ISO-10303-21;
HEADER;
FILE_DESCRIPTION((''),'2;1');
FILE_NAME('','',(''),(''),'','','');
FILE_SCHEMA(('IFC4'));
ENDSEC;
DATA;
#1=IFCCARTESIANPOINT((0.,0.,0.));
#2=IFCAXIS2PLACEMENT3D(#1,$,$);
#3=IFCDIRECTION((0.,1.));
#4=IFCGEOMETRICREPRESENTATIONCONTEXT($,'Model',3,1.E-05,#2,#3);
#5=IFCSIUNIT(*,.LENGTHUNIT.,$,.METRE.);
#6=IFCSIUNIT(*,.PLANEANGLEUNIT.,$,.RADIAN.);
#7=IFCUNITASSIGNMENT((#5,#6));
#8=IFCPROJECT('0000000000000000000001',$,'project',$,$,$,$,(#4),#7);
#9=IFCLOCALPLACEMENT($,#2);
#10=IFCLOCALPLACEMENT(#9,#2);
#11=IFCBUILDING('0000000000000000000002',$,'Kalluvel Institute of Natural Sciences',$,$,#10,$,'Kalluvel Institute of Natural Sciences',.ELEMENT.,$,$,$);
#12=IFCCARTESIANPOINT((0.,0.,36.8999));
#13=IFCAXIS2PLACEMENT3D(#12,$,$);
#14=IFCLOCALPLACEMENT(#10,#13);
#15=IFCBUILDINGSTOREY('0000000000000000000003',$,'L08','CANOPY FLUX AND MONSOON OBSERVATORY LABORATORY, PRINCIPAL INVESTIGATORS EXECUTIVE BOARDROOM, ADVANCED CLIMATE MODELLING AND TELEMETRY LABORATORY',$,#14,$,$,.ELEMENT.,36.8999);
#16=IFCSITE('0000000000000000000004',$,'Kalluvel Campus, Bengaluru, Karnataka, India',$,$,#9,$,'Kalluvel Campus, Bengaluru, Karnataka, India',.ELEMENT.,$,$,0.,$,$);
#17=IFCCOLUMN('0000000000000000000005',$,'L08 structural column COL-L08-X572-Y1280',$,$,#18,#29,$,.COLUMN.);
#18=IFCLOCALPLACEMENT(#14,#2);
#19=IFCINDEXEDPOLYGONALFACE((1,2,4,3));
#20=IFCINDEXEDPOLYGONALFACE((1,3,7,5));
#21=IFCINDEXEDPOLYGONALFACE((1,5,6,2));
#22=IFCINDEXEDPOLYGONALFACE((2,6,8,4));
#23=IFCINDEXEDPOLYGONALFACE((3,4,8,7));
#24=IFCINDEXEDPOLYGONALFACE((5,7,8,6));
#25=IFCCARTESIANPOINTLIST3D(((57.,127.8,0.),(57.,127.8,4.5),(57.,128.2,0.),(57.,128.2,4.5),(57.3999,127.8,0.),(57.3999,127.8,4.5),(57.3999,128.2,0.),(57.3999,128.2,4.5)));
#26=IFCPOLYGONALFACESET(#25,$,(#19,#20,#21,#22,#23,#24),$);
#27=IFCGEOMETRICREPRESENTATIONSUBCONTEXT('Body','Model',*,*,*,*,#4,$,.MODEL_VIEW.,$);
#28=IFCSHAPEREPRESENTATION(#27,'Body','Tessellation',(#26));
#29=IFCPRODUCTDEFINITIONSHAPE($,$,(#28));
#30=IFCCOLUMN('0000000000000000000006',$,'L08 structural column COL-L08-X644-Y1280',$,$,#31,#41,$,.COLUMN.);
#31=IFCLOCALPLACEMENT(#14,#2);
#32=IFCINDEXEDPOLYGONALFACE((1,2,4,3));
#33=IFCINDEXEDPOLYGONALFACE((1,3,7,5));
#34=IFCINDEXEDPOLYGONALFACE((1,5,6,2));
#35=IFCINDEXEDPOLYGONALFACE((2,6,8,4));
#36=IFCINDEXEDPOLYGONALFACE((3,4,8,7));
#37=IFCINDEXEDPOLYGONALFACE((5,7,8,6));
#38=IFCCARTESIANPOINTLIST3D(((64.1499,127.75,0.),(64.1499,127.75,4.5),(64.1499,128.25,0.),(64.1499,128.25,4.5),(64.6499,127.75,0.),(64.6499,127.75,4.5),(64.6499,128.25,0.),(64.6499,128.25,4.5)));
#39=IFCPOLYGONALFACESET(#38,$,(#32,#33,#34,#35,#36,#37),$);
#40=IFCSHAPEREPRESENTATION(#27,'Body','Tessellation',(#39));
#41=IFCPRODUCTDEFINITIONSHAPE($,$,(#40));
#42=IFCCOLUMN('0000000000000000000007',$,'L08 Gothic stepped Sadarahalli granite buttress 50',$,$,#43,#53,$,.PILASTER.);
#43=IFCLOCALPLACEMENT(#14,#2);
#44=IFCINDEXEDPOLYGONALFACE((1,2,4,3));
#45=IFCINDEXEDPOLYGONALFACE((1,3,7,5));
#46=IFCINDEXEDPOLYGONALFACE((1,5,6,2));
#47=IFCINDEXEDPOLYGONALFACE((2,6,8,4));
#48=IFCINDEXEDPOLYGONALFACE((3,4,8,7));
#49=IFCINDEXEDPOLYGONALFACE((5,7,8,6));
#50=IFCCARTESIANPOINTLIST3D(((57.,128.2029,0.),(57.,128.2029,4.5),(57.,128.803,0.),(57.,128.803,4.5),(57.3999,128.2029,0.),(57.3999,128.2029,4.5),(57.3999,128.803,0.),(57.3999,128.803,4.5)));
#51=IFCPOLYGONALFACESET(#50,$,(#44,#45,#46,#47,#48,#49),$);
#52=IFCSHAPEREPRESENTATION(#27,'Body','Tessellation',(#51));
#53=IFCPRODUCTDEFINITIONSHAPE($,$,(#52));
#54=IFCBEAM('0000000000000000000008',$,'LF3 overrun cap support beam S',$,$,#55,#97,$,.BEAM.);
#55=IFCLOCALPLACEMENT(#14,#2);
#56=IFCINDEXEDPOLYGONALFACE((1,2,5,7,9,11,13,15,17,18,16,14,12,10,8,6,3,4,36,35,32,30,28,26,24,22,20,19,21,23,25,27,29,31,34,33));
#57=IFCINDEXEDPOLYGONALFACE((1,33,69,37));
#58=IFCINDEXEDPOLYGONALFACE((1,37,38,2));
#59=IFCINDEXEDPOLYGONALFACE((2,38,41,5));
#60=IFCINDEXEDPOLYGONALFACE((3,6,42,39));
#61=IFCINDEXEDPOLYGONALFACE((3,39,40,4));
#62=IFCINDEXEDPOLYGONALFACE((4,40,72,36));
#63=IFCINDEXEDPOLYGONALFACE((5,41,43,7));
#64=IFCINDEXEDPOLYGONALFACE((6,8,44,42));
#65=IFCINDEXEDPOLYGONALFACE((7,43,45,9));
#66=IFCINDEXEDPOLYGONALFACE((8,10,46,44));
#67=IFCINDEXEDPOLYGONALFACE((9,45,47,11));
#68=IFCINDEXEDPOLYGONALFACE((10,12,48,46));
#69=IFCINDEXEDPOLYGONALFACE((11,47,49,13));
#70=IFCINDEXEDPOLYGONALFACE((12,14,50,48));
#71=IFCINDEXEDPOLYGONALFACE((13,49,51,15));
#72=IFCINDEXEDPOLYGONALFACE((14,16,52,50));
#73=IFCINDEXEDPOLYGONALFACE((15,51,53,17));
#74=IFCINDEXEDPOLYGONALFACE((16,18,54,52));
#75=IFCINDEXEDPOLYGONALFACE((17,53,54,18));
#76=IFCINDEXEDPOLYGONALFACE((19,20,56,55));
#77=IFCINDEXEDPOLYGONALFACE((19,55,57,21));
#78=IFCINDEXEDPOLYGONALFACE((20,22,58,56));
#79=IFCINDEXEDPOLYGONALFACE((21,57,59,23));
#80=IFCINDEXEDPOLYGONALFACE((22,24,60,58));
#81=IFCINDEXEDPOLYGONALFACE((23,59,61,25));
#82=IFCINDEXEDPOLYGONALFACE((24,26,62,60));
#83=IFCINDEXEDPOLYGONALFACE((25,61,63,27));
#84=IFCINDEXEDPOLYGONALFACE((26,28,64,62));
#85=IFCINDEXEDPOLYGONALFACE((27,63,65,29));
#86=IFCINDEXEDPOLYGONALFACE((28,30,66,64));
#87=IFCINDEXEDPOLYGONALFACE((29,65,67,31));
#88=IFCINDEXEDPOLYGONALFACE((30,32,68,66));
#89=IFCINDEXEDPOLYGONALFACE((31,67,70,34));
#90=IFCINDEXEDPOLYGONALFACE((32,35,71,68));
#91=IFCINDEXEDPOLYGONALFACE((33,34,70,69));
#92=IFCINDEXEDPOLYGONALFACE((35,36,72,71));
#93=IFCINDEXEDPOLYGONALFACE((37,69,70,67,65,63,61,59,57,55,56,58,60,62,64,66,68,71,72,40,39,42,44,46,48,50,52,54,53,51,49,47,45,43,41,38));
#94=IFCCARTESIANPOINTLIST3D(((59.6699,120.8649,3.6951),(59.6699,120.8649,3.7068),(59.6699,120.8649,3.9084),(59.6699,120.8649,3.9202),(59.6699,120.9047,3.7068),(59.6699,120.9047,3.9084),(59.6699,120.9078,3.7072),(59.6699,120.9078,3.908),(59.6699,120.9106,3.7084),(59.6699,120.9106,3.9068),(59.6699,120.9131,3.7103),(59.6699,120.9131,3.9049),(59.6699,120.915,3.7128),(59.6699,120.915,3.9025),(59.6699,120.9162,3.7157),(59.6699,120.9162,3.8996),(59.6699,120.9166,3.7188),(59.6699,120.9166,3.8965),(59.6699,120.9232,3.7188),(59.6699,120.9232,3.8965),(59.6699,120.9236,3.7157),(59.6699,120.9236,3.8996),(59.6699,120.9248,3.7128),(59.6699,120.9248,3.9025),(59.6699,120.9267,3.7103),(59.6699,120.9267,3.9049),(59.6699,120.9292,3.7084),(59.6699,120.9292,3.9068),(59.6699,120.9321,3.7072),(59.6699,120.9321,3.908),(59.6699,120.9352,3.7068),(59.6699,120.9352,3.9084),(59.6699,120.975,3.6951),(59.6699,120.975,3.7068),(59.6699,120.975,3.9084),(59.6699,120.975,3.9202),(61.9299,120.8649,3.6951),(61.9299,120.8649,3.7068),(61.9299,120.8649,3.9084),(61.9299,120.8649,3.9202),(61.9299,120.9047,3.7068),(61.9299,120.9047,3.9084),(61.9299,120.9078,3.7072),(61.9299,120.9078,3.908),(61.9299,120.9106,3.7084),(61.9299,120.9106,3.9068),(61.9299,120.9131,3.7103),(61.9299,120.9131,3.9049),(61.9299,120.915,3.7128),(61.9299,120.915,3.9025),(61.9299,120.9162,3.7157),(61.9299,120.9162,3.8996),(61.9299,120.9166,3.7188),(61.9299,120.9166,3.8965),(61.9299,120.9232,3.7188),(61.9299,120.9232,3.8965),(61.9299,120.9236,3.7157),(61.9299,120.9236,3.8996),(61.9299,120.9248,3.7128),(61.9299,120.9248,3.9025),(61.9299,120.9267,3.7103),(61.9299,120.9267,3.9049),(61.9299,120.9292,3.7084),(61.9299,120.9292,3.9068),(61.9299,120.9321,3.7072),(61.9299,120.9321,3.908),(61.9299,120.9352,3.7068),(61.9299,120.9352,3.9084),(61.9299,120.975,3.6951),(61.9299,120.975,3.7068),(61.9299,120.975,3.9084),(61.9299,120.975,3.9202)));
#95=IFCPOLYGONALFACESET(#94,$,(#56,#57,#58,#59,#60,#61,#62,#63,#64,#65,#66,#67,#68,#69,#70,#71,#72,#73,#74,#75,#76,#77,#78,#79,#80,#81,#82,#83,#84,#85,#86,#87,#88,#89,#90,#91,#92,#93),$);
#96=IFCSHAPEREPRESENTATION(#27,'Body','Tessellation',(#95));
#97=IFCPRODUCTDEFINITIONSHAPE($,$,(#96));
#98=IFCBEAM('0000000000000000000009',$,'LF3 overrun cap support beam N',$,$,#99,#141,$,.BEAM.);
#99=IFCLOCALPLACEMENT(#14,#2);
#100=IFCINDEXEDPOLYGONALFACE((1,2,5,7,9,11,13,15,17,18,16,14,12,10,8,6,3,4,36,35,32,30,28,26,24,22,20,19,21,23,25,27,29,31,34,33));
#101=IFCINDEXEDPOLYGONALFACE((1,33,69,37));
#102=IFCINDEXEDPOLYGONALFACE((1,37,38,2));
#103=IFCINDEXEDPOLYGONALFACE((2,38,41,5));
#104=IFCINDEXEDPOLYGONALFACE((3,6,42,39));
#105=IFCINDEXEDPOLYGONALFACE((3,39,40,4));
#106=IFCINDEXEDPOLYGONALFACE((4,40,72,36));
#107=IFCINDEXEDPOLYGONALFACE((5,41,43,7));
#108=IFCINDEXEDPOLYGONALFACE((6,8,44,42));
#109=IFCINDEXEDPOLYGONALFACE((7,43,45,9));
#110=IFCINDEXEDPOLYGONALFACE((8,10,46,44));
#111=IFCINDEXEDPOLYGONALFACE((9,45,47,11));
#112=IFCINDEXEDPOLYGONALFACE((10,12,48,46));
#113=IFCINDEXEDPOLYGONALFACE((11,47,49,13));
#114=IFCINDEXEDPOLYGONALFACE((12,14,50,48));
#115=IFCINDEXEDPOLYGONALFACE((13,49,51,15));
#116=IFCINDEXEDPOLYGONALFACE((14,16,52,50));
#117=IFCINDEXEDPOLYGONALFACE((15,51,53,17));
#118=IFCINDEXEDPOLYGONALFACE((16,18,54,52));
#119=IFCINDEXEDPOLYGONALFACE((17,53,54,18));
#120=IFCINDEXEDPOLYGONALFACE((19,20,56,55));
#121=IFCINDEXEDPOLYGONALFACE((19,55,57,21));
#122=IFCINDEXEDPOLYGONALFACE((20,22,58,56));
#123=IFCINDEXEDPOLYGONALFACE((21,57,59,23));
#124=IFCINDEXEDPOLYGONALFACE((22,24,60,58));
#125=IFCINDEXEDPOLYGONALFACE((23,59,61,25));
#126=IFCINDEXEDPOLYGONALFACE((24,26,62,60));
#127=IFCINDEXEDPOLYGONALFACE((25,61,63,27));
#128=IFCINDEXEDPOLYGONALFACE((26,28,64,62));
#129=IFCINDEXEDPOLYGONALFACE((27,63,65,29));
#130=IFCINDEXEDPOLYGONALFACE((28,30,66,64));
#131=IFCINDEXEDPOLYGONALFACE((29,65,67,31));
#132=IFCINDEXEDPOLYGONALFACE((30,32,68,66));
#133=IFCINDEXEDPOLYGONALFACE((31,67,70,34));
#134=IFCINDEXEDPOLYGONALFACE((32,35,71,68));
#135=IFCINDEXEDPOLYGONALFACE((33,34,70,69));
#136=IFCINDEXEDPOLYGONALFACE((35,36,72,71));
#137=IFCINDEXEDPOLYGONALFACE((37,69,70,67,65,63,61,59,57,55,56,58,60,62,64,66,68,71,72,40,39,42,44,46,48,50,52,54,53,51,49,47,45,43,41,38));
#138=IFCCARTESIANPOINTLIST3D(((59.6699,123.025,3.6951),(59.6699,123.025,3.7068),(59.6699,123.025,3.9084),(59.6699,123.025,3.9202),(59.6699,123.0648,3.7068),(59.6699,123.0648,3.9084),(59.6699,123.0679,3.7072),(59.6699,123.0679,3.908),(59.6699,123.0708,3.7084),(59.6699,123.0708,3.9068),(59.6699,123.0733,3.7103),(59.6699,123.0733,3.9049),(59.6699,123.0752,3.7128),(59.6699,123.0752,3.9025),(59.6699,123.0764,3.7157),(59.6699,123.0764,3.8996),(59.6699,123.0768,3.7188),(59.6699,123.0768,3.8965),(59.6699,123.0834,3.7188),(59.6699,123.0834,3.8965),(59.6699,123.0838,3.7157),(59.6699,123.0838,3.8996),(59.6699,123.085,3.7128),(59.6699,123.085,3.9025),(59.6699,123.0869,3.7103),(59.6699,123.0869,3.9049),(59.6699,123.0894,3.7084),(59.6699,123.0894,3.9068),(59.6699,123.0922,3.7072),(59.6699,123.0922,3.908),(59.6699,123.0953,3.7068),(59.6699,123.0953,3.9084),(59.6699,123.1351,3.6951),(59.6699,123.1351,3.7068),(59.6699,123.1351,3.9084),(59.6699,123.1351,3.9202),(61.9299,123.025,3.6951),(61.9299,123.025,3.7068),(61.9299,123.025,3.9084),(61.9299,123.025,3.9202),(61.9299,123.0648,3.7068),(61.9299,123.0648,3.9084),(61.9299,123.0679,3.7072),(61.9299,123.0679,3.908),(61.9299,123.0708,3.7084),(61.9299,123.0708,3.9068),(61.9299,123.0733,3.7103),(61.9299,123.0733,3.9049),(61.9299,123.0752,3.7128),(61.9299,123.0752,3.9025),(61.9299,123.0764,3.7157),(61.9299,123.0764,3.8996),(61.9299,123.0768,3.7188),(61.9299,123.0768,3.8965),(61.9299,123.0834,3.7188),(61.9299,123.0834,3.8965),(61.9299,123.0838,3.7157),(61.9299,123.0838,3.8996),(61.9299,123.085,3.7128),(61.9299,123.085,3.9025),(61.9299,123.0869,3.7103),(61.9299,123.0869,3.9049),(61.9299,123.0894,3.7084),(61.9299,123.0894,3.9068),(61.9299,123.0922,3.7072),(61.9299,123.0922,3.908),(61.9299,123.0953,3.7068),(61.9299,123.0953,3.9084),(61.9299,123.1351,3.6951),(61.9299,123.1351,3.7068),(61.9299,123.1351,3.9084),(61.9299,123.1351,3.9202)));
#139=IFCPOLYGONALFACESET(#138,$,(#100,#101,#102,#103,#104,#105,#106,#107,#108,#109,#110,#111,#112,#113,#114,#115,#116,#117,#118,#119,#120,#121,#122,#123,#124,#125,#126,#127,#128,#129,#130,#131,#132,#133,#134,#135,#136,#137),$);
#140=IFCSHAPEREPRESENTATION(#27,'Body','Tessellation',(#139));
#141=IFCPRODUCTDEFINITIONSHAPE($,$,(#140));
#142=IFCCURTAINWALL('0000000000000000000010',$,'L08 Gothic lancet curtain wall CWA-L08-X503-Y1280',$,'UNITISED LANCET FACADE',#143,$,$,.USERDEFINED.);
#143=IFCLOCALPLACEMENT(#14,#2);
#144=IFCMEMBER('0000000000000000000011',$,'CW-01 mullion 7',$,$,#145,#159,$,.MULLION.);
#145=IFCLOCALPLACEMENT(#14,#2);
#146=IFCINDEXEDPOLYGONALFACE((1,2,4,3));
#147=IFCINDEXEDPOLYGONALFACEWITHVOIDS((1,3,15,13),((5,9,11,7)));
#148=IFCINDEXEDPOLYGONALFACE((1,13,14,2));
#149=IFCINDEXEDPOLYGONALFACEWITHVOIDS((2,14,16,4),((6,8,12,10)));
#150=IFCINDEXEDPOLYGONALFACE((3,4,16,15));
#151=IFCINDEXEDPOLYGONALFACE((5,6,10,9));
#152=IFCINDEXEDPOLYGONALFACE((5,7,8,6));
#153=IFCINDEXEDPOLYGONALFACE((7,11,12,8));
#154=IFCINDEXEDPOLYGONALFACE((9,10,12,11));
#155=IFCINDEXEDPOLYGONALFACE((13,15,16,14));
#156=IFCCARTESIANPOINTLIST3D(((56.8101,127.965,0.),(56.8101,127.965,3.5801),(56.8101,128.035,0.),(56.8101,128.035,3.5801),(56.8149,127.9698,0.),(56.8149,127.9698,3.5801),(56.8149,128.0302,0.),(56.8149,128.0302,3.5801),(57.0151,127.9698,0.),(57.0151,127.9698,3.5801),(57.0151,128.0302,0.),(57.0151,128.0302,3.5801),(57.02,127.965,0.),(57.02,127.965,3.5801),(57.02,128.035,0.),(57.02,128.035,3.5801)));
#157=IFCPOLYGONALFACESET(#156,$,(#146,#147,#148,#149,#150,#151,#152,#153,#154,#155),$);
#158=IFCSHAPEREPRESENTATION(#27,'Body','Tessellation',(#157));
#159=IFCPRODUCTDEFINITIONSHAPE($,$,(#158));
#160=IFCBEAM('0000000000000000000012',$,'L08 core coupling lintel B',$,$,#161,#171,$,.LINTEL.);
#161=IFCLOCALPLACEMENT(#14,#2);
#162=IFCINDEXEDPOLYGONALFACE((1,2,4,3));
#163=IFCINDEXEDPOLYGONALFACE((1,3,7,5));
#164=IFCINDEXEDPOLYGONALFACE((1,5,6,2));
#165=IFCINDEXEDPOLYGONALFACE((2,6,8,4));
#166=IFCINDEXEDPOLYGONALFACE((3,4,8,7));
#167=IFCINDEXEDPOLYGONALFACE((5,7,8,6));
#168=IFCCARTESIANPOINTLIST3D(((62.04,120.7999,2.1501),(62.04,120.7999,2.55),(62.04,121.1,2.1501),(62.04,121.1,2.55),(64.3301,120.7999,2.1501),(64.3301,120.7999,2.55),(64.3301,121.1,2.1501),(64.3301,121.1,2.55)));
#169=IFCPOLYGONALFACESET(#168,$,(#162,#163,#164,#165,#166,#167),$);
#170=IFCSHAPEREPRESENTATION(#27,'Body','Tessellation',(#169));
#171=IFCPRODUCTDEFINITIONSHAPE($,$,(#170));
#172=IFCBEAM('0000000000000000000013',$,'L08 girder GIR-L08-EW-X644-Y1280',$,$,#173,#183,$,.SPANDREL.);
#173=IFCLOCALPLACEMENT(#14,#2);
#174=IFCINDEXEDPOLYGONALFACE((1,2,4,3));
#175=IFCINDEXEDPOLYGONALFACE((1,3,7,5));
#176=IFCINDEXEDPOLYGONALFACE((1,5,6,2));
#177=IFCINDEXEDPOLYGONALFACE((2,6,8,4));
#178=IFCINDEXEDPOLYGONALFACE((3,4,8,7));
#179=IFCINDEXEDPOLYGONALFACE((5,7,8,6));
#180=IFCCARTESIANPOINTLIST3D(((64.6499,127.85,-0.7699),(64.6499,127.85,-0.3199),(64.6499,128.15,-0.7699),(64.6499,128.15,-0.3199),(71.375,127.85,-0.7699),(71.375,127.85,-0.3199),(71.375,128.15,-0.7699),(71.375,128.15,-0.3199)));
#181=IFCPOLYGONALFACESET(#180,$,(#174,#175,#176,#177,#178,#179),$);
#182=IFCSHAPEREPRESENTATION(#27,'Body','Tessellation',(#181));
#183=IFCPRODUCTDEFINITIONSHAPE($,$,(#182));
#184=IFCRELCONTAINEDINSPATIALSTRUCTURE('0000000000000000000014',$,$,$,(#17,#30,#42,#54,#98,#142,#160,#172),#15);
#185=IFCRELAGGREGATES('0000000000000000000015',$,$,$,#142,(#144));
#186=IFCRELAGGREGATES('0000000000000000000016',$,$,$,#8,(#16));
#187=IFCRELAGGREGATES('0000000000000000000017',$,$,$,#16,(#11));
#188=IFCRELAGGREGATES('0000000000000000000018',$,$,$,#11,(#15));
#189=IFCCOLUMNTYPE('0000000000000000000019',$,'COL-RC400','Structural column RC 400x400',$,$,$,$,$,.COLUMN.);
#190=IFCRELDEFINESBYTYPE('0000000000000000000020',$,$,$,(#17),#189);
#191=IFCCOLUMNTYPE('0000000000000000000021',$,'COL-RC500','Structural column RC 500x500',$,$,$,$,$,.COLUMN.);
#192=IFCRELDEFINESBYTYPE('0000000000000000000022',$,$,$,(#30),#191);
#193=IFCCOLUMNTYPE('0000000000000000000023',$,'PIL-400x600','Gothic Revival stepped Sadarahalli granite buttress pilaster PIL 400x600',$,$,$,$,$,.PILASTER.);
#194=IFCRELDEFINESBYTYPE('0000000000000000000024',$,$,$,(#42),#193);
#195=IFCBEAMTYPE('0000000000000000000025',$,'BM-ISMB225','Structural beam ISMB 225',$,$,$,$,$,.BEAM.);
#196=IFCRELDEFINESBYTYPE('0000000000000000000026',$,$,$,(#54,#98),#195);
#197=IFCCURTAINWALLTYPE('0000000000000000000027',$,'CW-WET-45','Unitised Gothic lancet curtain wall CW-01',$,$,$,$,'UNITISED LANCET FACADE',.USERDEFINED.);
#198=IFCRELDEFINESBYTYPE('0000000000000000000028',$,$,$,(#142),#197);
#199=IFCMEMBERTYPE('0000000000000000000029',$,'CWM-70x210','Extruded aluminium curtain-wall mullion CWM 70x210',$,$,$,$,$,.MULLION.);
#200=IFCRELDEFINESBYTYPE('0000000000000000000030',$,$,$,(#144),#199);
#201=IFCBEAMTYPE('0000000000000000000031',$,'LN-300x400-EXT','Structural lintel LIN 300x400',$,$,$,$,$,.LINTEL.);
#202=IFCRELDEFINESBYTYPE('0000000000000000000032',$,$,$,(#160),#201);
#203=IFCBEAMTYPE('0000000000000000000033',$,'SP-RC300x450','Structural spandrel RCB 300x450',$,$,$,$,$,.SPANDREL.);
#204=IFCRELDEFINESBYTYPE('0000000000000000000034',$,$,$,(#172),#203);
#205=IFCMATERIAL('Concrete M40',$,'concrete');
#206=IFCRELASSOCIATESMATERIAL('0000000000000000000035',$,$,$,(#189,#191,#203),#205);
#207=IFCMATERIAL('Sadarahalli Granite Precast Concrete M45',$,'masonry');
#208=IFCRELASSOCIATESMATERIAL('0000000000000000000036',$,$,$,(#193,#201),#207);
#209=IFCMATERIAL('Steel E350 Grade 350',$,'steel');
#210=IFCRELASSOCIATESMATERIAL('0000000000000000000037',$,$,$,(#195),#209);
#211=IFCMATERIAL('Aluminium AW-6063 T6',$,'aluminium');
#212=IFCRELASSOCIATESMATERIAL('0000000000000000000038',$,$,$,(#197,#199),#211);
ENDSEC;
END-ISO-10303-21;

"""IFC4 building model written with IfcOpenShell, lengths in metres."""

from ifc_helpers import new_model, si_unit, direction, frame, origin, origin_2d, place, context, subcontext, project, spatial, rectangle, hollow_rectangle, i_section, extrude, material, material_profile, profile_set, type_object, element, aggregate, save


model = new_model("IFC4")

# Units and contexts
model_context = context("Model", 3, precision=1e-05, world=origin(), true_north=direction((0.0, 1.0)))
body_context = subcontext(model_context, "Body", "Model", "MODEL_VIEW")
ifc_project = project(units=[si_unit("LENGTHUNIT", "METRE"), si_unit("PLANEANGLEUNIT", "RADIAN")], contexts=[model_context])

# Site, building, storey
site_placement = place(None, origin())
site = spatial("IfcSite", under=ifc_project, at=site_placement, Name="Kalluvel Campus, Bengaluru, Karnataka, India", LongName="Kalluvel Campus, Bengaluru, Karnataka, India", CompositionType="ELEMENT", RefElevation=0.0)
building_placement = place(site_placement, origin())
building = spatial("IfcBuilding", under=site, at=building_placement, Name="Kalluvel Institute of Natural Sciences", LongName="Kalluvel Institute of Natural Sciences", CompositionType="ELEMENT")
storey_placement = place(building_placement, frame((0.0, 0.0, 36.8999)))
storey = spatial("IfcBuildingStorey", under=building, at=storey_placement, Name="L08", Description="CANOPY FLUX AND MONSOON OBSERVATORY LABORATORY, PRINCIPAL INVESTIGATORS EXECUTIVE BOARDROOM, ADVANCED CLIMATE MODELLING AND TELEMETRY LABORATORY", CompositionType="ELEMENT", Elevation=36.8999)

# Columns
ifc_material_1 = material(Name="Concrete M40", Category="concrete")
ifc_material_profile_1 = material_profile(ifc_material_1, rectangle(XDim=0.3999, YDim=0.3999, at=origin_2d()), Name="RC 400x400")
ifc_profile_set_1 = profile_set([ifc_material_profile_1], Name="Concrete M40")
column_type_1 = type_object("IfcColumnType", Name="COL-RC400", Description="Structural column RC 400x400", PredefinedType="COLUMN", material=ifc_profile_set_1)
column_1_placement = place(storey_placement, frame((57.2, 128.0, 0.0), z_axis=(0.0, 0.0, 1.0), x_axis=(1.0, 0.0, 0.0)))
element("IfcColumn", 1, at=column_1_placement, inside=storey, type_object=column_type_1, Name="L08 structural column COL-L08-X572-Y1280", PredefinedType="COLUMN", context=body_context, shape_type="SweptSolid", body=[
    extrude(rectangle(XDim=0.3999, YDim=0.3999, at=origin_2d()), origin(), (0.0, 0.0, 1.0), 4.5),
])
ifc_material_profile_2 = material_profile(ifc_material_1, rectangle(XDim=0.5, YDim=0.5, at=origin_2d()), Name="RC 500x500")
ifc_profile_set_2 = profile_set([ifc_material_profile_2], Name="Concrete M40")
column_type_2 = type_object("IfcColumnType", Name="COL-RC500", Description="Structural column RC 500x500", PredefinedType="COLUMN", material=ifc_profile_set_2)
column_2_placement = place(storey_placement, frame((64.3999, 128.0, 0.0), z_axis=(0.0, 0.0, 1.0), x_axis=(1.0, 0.0, 0.0)))
element("IfcColumn", 2, at=column_2_placement, inside=storey, type_object=column_type_2, Name="L08 structural column COL-L08-X644-Y1280", PredefinedType="COLUMN", context=body_context, shape_type="SweptSolid", body=[
    extrude(rectangle(XDim=0.5, YDim=0.5, at=origin_2d()), origin(), (0.0, 0.0, 1.0), 4.5),
])
ifc_material_2 = material(Name="Sadarahalli Granite Precast Concrete M45", Category="masonry")
ifc_material_profile_3 = material_profile(ifc_material_2, rectangle(XDim=0.3999, YDim=0.6001, at=origin_2d()), Name="PIL 400x600")
ifc_profile_set_3 = profile_set([ifc_material_profile_3], Name="Sadarahalli Granite Precast Concrete M45")
column_type_3 = type_object("IfcColumnType", Name="PIL-400x600", Description="Gothic Revival stepped Sadarahalli granite buttress pilaster PIL 400x600", PredefinedType="PILASTER", material=ifc_profile_set_3)
column_3_placement = place(storey_placement, frame((57.2, 128.5029, 0.0), z_axis=(0.0, 0.0, 1.0), x_axis=(1.0, 0.0, 0.0)))
element("IfcColumn", 3, at=column_3_placement, inside=storey, type_object=column_type_3, Name="L08 Gothic stepped Sadarahalli granite buttress 50", PredefinedType="PILASTER", context=body_context, shape_type="SweptSolid", body=[
    extrude(rectangle(XDim=0.3999, YDim=0.6001, at=origin_2d()), origin(), (0.0, 0.0, 1.0), 4.5),
])

# Beams
ifc_material_3 = material(Name="Steel E350 Grade 350", Category="steel")
ifc_material_profile_4 = material_profile(ifc_material_3, i_section(OverallWidth=0.1101, OverallDepth=0.2251, WebThickness=0.0066, FlangeThickness=0.0117, FilletRadius=0.012, at=origin_2d()), Name="ISMB 225")
ifc_profile_set_4 = profile_set([ifc_material_profile_4], Name="Steel E350 Grade 350")
beam_type_1 = type_object("IfcBeamType", Name="BM-ISMB225", Description="Structural beam ISMB 225", PredefinedType="BEAM", material=ifc_profile_set_4)
for number, where, z_axis, x_axis, name in (
    (4, (59.6699, 120.9199, 3.8076), (1.0, 0.0, 0.0), (0.0, 1.0, 0.0), "LF3 overrun cap support beam S"),
    (5, (59.6699, 123.0801, 3.8076), (1.0, 0.0, 0.0), (0.0, 1.0, 0.0), "LF3 overrun cap support beam N"),
):
    element("IfcBeam", number, at=place(storey_placement, frame(where, z_axis=z_axis, x_axis=x_axis)), inside=storey, type_object=beam_type_1, Name=name, PredefinedType="BEAM", context=body_context, shape_type="SweptSolid", body=[
        extrude(i_section(OverallWidth=0.1101, OverallDepth=0.2251, WebThickness=0.0066, FlangeThickness=0.0117, FilletRadius=0.012, at=origin_2d()), origin(), (0.0, 0.0, 1.0), 2.26),
    ])

# Curtain wall, member
ifc_material_4 = material(Name="Aluminium AW-6063 T6", Category="aluminium")
curtain_wall_type = type_object("IfcCurtainWallType", Name="CW-WET-45", Description="Unitised Gothic lancet curtain wall CW-01", ElementType="UNITISED LANCET FACADE", PredefinedType="USERDEFINED", material=ifc_material_4)
curtain_wall_placement = place(storey_placement, origin())
curtain_wall = element("IfcCurtainWall", 6, at=curtain_wall_placement, inside=storey, type_object=curtain_wall_type, Name="L08 Gothic lancet curtain wall CWA-L08-X503-Y1280", ObjectType="UNITISED LANCET FACADE", PredefinedType="USERDEFINED")
ifc_material_profile_5 = material_profile(ifc_material_4, hollow_rectangle(XDim=0.0701, YDim=0.21, WallThickness=0.0049, at=origin_2d()), Name="CWM 70x210")
ifc_profile_set_5 = profile_set([ifc_material_profile_5], Name="Aluminium AW-6063 T6")
member_type = type_object("IfcMemberType", Name="CWM-70x210", Description="Extruded aluminium curtain-wall mullion CWM 70x210", PredefinedType="MULLION", material=ifc_profile_set_5)
member_placement = place(storey_placement, frame((56.915, 128.0, 0.0), z_axis=(0.0, 0.0, 1.0), x_axis=(0.0, 1.0, 0.0)))
member = element("IfcMember", 7, at=member_placement, type_object=member_type, Name="CW-01 mullion 7", PredefinedType="MULLION", context=body_context, shape_type="SweptSolid", body=[
    extrude(hollow_rectangle(XDim=0.0701, YDim=0.21, WallThickness=0.0049, at=origin_2d()), origin(), (0.0, 0.0, 1.0), 3.5801),
])

# Beams
ifc_material_profile_6 = material_profile(ifc_material_2, rectangle(XDim=0.3, YDim=0.3999, at=origin_2d()), Name="LIN 300x400")
ifc_profile_set_6 = profile_set([ifc_material_profile_6], Name="Sadarahalli Granite Precast Concrete M45")
beam_type_2 = type_object("IfcBeamType", Name="LN-300x400-EXT", Description="Structural lintel LIN 300x400", PredefinedType="LINTEL", material=ifc_profile_set_6)
beam_1_placement = place(storey_placement, frame((62.04, 120.95, 2.3501), z_axis=(1.0, 0.0, 0.0), x_axis=(0.0, 1.0, 0.0)))
element("IfcBeam", 8, at=beam_1_placement, inside=storey, type_object=beam_type_2, Name="L08 core coupling lintel B", PredefinedType="LINTEL", context=body_context, shape_type="SweptSolid", body=[
    extrude(rectangle(XDim=0.3, YDim=0.3999, at=origin_2d()), origin(), (0.0, 0.0, 1.0), 2.29),
])
ifc_material_profile_7 = material_profile(ifc_material_1, rectangle(XDim=0.3, YDim=0.45, at=origin_2d()), Name="RCB 300x450")
ifc_profile_set_7 = profile_set([ifc_material_profile_7], Name="Concrete M40")
beam_type_3 = type_object("IfcBeamType", Name="SP-RC300x450", Description="Structural spandrel RCB 300x450", PredefinedType="SPANDREL", material=ifc_profile_set_7)
beam_2_placement = place(storey_placement, frame((64.6499, 128.0, -0.5449), z_axis=(1.0, 0.0, 0.0), x_axis=(0.0, 1.0, 0.0)))
element("IfcBeam", 9, at=beam_2_placement, inside=storey, type_object=beam_type_3, Name="L08 girder GIR-L08-EW-X644-Y1280", PredefinedType="SPANDREL", context=body_context, shape_type="SweptSolid", body=[
    extrude(rectangle(XDim=0.3, YDim=0.45, at=origin_2d()), origin(), (0.0, 0.0, 1.0), 6.7251),
])

aggregate(curtain_wall, [member])

save(model, "model.ifc")
